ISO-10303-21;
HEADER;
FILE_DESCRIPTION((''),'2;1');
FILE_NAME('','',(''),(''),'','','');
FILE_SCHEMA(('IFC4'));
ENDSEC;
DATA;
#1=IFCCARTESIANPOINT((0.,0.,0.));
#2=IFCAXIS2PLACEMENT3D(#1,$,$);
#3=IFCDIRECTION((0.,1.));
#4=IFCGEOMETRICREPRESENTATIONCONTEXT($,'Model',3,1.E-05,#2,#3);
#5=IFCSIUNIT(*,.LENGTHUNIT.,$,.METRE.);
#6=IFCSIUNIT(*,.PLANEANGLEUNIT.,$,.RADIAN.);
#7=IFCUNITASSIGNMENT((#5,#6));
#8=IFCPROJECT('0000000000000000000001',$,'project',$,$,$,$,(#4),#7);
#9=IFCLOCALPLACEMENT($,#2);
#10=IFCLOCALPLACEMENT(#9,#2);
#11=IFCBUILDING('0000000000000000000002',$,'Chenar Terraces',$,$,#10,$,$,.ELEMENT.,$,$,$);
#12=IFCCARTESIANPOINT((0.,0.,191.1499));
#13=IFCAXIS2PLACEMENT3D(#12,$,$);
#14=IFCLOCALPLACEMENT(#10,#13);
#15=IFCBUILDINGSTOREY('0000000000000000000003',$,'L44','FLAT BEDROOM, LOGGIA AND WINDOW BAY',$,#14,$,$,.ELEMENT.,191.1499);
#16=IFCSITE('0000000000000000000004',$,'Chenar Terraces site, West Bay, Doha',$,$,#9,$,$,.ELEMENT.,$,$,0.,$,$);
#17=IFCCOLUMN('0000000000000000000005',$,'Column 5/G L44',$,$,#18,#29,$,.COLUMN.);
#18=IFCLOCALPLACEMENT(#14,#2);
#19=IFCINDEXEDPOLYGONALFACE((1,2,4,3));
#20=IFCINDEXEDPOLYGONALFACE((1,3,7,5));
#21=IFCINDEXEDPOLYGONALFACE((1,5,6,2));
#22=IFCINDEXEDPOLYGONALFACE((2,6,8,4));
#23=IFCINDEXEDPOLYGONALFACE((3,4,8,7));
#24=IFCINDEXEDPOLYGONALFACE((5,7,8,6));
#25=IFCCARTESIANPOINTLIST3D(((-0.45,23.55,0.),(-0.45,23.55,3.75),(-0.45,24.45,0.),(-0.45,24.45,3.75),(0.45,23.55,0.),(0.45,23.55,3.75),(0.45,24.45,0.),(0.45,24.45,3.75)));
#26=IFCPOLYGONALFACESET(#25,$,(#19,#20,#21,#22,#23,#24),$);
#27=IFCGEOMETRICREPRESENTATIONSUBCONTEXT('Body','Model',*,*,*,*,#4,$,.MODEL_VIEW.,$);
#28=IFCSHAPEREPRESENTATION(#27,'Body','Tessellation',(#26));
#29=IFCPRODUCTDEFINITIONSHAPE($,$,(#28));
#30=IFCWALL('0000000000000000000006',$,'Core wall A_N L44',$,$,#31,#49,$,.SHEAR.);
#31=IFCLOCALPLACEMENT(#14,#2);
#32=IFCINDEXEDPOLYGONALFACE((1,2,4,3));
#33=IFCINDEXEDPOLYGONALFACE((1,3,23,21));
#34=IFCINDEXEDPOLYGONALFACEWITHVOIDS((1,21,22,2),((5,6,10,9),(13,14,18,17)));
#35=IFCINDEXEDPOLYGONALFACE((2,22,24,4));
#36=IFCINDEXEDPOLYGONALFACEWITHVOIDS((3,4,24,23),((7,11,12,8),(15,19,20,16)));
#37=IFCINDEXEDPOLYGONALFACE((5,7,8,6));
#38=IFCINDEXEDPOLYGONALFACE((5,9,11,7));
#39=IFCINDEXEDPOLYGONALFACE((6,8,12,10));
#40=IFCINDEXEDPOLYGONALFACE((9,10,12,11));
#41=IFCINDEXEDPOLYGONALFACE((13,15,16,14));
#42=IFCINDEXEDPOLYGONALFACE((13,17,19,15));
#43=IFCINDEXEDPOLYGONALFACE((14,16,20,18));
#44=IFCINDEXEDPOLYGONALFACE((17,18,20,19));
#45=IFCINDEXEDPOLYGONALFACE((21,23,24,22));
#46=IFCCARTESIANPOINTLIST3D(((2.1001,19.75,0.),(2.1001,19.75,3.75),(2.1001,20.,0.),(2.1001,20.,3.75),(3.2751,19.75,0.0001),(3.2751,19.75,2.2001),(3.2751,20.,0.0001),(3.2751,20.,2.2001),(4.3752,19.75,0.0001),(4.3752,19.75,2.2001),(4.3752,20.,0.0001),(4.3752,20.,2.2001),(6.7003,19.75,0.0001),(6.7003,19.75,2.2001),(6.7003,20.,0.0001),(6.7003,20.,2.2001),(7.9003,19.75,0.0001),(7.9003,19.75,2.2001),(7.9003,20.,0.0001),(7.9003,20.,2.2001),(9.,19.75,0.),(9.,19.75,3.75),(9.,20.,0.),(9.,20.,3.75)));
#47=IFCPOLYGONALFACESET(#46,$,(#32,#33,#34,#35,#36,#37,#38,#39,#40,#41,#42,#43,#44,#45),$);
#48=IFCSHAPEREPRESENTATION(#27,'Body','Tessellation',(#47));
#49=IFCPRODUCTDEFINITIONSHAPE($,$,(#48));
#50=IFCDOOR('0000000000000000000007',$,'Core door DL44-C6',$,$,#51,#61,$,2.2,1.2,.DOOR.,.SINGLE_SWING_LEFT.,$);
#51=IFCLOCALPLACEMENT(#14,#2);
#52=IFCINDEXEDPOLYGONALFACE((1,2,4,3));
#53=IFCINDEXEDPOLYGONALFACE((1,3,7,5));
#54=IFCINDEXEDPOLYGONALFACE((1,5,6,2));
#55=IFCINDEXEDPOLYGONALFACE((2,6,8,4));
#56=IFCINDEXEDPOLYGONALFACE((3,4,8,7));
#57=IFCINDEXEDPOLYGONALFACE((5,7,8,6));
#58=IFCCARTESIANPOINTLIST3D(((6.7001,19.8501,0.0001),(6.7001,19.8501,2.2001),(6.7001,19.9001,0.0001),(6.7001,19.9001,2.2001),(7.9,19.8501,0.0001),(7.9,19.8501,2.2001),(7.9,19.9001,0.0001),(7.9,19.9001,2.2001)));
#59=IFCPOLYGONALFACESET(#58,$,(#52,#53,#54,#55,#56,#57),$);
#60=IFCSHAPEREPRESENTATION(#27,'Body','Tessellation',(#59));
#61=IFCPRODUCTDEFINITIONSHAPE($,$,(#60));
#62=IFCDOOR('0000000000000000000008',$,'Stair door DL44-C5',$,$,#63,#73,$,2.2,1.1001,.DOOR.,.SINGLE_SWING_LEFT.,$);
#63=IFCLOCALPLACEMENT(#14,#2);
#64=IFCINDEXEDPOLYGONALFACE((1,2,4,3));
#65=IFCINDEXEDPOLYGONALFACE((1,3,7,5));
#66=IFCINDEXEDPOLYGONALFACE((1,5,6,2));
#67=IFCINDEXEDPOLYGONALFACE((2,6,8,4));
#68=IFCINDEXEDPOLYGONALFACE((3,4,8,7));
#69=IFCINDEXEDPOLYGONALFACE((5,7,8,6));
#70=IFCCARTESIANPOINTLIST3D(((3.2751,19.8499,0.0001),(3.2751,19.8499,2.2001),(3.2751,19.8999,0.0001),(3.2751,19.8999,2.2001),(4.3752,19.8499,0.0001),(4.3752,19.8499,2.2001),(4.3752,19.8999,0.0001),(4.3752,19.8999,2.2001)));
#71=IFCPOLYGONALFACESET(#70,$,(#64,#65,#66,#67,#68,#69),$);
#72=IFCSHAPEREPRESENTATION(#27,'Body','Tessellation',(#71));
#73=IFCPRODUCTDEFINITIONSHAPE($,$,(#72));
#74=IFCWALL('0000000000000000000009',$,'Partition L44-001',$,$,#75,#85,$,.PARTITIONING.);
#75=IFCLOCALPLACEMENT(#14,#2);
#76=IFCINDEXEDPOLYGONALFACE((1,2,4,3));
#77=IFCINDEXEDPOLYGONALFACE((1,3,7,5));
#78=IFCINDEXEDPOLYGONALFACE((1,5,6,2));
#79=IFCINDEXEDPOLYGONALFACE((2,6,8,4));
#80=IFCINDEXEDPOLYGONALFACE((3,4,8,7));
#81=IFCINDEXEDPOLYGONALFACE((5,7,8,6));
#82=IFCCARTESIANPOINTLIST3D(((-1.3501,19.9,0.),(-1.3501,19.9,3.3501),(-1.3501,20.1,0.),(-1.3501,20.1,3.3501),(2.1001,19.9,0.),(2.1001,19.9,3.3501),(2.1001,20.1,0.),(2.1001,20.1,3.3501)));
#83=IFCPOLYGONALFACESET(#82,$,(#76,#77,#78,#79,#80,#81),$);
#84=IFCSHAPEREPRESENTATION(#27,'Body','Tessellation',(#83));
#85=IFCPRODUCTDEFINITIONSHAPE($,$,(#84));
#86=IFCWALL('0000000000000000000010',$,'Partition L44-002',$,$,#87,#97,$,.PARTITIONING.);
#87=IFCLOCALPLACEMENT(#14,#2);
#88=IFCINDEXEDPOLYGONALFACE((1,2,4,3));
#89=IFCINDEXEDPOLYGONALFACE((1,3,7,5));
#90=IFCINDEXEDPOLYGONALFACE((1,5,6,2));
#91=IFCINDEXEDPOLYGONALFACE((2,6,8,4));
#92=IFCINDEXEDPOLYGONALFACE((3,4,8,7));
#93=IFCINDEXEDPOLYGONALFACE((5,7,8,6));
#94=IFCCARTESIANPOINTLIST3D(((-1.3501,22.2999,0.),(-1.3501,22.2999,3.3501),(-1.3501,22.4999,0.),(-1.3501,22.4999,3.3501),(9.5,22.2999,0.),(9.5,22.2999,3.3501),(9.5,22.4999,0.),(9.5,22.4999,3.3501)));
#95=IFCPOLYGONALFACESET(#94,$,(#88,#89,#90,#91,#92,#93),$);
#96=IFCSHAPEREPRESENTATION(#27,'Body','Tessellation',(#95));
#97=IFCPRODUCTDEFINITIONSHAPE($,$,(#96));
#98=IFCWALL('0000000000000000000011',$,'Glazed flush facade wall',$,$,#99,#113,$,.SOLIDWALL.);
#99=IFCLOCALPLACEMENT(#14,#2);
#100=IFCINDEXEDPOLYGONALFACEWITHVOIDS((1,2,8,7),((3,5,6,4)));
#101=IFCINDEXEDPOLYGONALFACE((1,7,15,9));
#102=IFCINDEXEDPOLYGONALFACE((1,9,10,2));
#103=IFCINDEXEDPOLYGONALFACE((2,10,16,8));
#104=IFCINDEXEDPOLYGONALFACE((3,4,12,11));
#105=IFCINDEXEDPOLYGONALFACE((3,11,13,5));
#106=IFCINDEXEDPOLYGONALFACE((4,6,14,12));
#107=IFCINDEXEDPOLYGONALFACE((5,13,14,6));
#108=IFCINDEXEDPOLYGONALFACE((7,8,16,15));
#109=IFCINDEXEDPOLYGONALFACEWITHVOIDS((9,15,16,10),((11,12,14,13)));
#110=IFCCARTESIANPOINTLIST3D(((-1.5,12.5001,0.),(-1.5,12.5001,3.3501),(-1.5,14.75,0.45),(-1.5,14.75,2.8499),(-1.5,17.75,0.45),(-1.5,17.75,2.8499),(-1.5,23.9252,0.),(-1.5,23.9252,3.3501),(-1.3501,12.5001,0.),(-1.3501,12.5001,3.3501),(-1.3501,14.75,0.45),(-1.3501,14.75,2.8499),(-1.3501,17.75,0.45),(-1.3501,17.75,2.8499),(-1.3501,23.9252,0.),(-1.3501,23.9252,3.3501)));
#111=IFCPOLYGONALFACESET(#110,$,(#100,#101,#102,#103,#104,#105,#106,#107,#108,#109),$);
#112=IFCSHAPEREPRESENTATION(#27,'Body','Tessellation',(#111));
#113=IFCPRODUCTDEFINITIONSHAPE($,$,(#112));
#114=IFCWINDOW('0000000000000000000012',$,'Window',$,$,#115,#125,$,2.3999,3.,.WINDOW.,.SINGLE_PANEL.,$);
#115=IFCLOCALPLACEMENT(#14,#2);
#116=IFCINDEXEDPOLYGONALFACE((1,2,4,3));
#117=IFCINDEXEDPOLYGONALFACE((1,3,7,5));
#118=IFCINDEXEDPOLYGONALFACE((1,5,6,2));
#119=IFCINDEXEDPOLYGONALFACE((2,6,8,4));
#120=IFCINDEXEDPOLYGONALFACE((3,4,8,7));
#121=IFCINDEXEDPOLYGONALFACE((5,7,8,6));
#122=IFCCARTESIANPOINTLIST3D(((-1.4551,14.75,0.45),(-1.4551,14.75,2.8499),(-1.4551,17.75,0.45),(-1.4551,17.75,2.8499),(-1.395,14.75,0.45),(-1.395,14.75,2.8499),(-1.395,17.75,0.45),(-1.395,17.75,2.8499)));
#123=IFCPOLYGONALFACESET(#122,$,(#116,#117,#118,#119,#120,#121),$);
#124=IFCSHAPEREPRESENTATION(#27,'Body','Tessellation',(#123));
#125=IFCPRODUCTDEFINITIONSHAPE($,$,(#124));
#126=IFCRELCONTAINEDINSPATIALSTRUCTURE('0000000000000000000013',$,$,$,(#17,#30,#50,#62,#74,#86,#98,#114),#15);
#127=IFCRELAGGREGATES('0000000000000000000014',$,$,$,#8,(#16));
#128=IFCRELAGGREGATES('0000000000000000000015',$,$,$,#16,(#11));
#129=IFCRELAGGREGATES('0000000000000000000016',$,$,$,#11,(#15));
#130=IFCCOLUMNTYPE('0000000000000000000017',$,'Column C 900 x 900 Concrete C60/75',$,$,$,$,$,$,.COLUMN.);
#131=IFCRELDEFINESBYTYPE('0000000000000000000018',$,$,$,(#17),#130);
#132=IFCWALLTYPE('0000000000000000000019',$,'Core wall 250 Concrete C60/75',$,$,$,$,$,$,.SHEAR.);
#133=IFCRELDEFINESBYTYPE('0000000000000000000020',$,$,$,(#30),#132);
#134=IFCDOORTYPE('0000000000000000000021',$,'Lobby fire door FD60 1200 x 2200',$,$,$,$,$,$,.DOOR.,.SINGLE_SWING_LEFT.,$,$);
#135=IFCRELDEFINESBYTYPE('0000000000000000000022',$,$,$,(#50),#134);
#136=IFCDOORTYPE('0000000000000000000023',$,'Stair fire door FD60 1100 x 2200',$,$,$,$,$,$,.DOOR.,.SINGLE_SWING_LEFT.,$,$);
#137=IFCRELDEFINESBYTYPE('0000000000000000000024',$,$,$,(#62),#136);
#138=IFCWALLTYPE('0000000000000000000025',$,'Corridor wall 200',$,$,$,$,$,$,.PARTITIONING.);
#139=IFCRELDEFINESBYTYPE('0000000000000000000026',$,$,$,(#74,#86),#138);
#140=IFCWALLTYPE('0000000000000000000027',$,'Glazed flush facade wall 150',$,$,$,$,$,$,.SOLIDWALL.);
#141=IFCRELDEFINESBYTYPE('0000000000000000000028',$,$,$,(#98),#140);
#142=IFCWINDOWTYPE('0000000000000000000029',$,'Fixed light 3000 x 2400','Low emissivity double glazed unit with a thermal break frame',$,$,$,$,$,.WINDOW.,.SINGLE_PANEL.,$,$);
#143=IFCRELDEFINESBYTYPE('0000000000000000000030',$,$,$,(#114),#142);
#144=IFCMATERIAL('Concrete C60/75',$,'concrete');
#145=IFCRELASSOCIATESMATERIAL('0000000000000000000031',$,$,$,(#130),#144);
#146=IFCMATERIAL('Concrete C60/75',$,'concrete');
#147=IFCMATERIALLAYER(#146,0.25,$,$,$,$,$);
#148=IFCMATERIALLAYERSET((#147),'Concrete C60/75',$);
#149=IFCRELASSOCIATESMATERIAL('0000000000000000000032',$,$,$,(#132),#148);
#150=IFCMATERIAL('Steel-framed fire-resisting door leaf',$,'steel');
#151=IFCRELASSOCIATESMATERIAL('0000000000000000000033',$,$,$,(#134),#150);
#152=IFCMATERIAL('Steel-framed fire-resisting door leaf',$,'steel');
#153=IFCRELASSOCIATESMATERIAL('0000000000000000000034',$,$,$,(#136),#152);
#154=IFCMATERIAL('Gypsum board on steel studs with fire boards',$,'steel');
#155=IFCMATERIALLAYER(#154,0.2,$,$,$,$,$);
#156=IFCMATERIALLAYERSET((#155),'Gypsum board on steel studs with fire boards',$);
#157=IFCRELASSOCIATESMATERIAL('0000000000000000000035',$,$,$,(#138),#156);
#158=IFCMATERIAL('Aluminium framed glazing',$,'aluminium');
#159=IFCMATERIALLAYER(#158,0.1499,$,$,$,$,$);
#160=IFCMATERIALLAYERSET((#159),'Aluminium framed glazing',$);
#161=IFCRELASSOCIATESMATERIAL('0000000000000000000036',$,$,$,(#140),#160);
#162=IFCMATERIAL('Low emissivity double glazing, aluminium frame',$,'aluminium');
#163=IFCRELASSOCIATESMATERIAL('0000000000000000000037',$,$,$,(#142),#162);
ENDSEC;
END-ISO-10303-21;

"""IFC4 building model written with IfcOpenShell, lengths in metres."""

from ifc_helpers import new_model, si_unit, direction, frame, frame_2d, origin, origin_2d, place, context, subcontext, project, spatial, rectangle, extrude, material, layer, layer_set, material_profile, profile_set, type_object, element, fill, save


model = new_model("IFC4")

# Units and contexts
model_context = context("Model", 3, precision=1e-05, world=origin(), true_north=direction((0.0, 1.0)))
body_context = subcontext(model_context, "Body", "Model", "MODEL_VIEW")
ifc_project = project(units=[si_unit("LENGTHUNIT", "METRE"), si_unit("PLANEANGLEUNIT", "RADIAN")], contexts=[model_context])

# Site, building, storey
site_placement = place(None, origin())
site = spatial("IfcSite", under=ifc_project, at=site_placement, Name="Chenar Terraces site, West Bay, Doha", CompositionType="ELEMENT", RefElevation=0.0)
building_placement = place(site_placement, origin())
building = spatial("IfcBuilding", under=site, at=building_placement, Name="Chenar Terraces", CompositionType="ELEMENT")
storey_placement = place(building_placement, frame((0.0, 0.0, 191.1499)))
storey = spatial("IfcBuildingStorey", under=building, at=storey_placement, Name="L44", Description="FLAT BEDROOM, LOGGIA AND WINDOW BAY", CompositionType="ELEMENT", Elevation=191.1499)

# Column
ifc_material_1 = material(Name="Concrete C60/75", Category="concrete")
ifc_material_profile = material_profile(ifc_material_1, rectangle(XDim=0.8999, YDim=0.8999, at=origin_2d()), Name="C 900 x 900")
ifc_profile_set = profile_set([ifc_material_profile], Name="Concrete C60/75")
column_type = type_object("IfcColumnType", Name="Column C 900 x 900 Concrete C60/75", PredefinedType="COLUMN", material=ifc_profile_set)
column_placement = place(storey_placement, frame((0.0, 24.0, 0.0), z_axis=(0.0, 0.0, 1.0), x_axis=(1.0, 0.0, 0.0)))
element("IfcColumn", 1, at=column_placement, inside=storey, type_object=column_type, Name="Column 5/G L44", PredefinedType="COLUMN", context=body_context, shape_type="SweptSolid", body=[
    extrude(rectangle(XDim=0.8999, YDim=0.8999, at=origin_2d()), origin(), (0.0, 0.0, 1.0), 3.75),
])

# Wall, openings, doors
ifc_material_2 = material(Name="Concrete C60/75", Category="concrete")
ifc_layer_1 = layer(ifc_material_2, 0.25)
ifc_layer_set_1 = layer_set([ifc_layer_1], Name="Concrete C60/75")
wall_type_1 = type_object("IfcWallType", Name="Core wall 250 Concrete C60/75", PredefinedType="SHEAR", material=ifc_layer_set_1)
wall_1_placement = place(storey_placement, frame((2.1001, 19.875, 0.0), z_axis=(0.0, 0.0, 1.0), x_axis=(1.0, 0.0, 0.0)))
wall_1 = element("IfcWall", 2, at=wall_1_placement, inside=storey, type_object=wall_type_1, Name="Core wall A_N L44", PredefinedType="SHEAR", context=body_context, shape_type="SweptSolid", body=[
    extrude(rectangle(XDim=6.8999, YDim=0.25, at=frame_2d((3.45, 0.0))), origin(), (0.0, 0.0, 1.0), 3.75),
])
opening_1_placement = place(wall_1_placement, frame((1.175, 0.0, 0.0)))
opening_1 = element("IfcOpeningElement", 3, at=opening_1_placement, cuts=wall_1, PredefinedType="OPENING", context=body_context, shape_type="SweptSolid", body=[
    extrude(rectangle(XDim=1.1001, YDim=2.2, at=frame_2d((0.55, 1.1001))), frame((0.0, 0.135, 0.0), z_axis=(0.0, -1.0, 0.0), x_axis=(1.0, 0.0, 0.0)), (0.0, 0.0, 1.0), 0.27),
])
opening_2_placement = place(wall_1_placement, frame((4.6001, 0.0, 0.0)))
opening_2 = element("IfcOpeningElement", 4, at=opening_2_placement, cuts=wall_1, PredefinedType="OPENING", context=body_context, shape_type="SweptSolid", body=[
    extrude(rectangle(XDim=1.2, YDim=2.2, at=frame_2d((0.6001, 1.1001))), frame((0.0, 0.135, 0.0), z_axis=(0.0, -1.0, 0.0), x_axis=(1.0, 0.0, 0.0)), (0.0, 0.0, 1.0), 0.27),
])
ifc_material_3 = material(Name="Steel-framed fire-resisting door leaf", Category="steel")
door_type_1 = type_object("IfcDoorType", Name="Lobby fire door FD60 1200 x 2200", OperationType="SINGLE_SWING_LEFT", PredefinedType="DOOR", material=ifc_material_3)
door_1_placement = place(opening_2_placement, frame((1.2, 0.0, 0.0), z_axis=(0.0, 0.0, 1.0), x_axis=(-1.0, 0.0, 0.0)))
door_1 = element("IfcDoor", 5, at=door_1_placement, inside=storey, type_object=door_type_1, Name="Core door DL44-C6", OperationType="SINGLE_SWING_LEFT", OverallHeight=2.2, OverallWidth=1.2, PredefinedType="DOOR", context=body_context, shape_type="SweptSolid", body=[
    extrude(rectangle(XDim=1.2, YDim=2.2, at=frame_2d((0.6001, 1.1001))), frame((0.0, 0.0249, 0.0), z_axis=(0.0, -1.0, 0.0), x_axis=(1.0, 0.0, 0.0)), (0.0, 0.0, 1.0), 0.05),
])
fill(opening_2, door_1)
ifc_material_4 = material(Name="Steel-framed fire-resisting door leaf", Category="steel")
door_type_2 = type_object("IfcDoorType", Name="Stair fire door FD60 1100 x 2200", OperationType="SINGLE_SWING_LEFT", PredefinedType="DOOR", material=ifc_material_4)
door_2_placement = place(opening_1_placement, origin())
door_2 = element("IfcDoor", 6, at=door_2_placement, inside=storey, type_object=door_type_2, Name="Stair door DL44-C5", OperationType="SINGLE_SWING_LEFT", OverallHeight=2.2, OverallWidth=1.1001, PredefinedType="DOOR", context=body_context, shape_type="SweptSolid", body=[
    extrude(rectangle(XDim=1.1001, YDim=2.2, at=frame_2d((0.55, 1.1001))), frame((0.0, 0.0249, 0.0), z_axis=(0.0, -1.0, 0.0), x_axis=(1.0, 0.0, 0.0)), (0.0, 0.0, 1.0), 0.05),
])
fill(opening_1, door_2)

# Walls
ifc_material_5 = material(Name="Gypsum board on steel studs with fire boards", Category="steel")
ifc_layer_2 = layer(ifc_material_5, 0.2)
ifc_layer_set_2 = layer_set([ifc_layer_2], Name="Gypsum board on steel studs with fire boards")
wall_type_2 = type_object("IfcWallType", Name="Corridor wall 200", PredefinedType="PARTITIONING", material=ifc_layer_set_2)
wall_2_placement = place(storey_placement, frame((-1.3501, 20.0, 0.0), z_axis=(0.0, 0.0, 1.0), x_axis=(1.0, 0.0, 0.0)))
element("IfcWall", 7, at=wall_2_placement, inside=storey, type_object=wall_type_2, Name="Partition L44-001", PredefinedType="PARTITIONING", context=body_context, shape_type="SweptSolid", body=[
    extrude(rectangle(XDim=3.4502, YDim=0.2, at=frame_2d((1.7251, 0.0))), origin(), (0.0, 0.0, 1.0), 3.3501),
])
wall_3_placement = place(storey_placement, frame((-1.3501, 22.3999, 0.0), z_axis=(0.0, 0.0, 1.0), x_axis=(1.0, 0.0, 0.0)))
element("IfcWall", 8, at=wall_3_placement, inside=storey, type_object=wall_type_2, Name="Partition L44-002", PredefinedType="PARTITIONING", context=body_context, shape_type="SweptSolid", body=[
    extrude(rectangle(XDim=10.8501, YDim=0.2, at=frame_2d((5.425, 0.0))), origin(), (0.0, 0.0, 1.0), 3.3501),
])

# Wall, opening, window
ifc_material_6 = material(Name="Aluminium framed glazing", Category="aluminium")
ifc_layer_3 = layer(ifc_material_6, 0.1499)
ifc_layer_set_3 = layer_set([ifc_layer_3], Name="Aluminium framed glazing")
wall_type_3 = type_object("IfcWallType", Name="Glazed flush facade wall 150", PredefinedType="SOLIDWALL", material=ifc_layer_set_3)
wall_4_placement = place(storey_placement, frame((-1.425, 23.925, 0.0), z_axis=(0.0, 0.0, 1.0), x_axis=(0.0, -1.0, 0.0)))
wall_4 = element("IfcWall", 9, at=wall_4_placement, inside=storey, type_object=wall_type_3, Name="Glazed flush facade wall", PredefinedType="SOLIDWALL", context=body_context, shape_type="SweptSolid", body=[
    extrude(rectangle(XDim=11.425, YDim=0.1499, at=frame_2d((5.7124, 0.0))), origin(), (0.0, 0.0, 1.0), 3.3501),
])
opening_3_placement = place(wall_4_placement, frame((6.175, 0.0, 0.45)))
opening_3 = element("IfcOpeningElement", 10, at=opening_3_placement, cuts=wall_4, PredefinedType="OPENING", context=body_context, shape_type="SweptSolid", body=[
    extrude(rectangle(XDim=3.0, YDim=2.3999, at=frame_2d((1.5, 1.2))), frame((0.0, 0.085, 0.0), z_axis=(0.0, -1.0, 0.0), x_axis=(1.0, 0.0, 0.0)), (0.0, 0.0, 1.0), 0.1699),
])
ifc_material_7 = material(Name="Low emissivity double glazing, aluminium frame", Category="aluminium")
window_type_1 = type_object("IfcWindowType", Name="Fixed light 3000 x 2400", Description="Low emissivity double glazed unit with a thermal break frame", PartitioningType="SINGLE_PANEL", PredefinedType="WINDOW", material=ifc_material_7)
window_1_placement = place(opening_3_placement, origin())
window_1 = element("IfcWindow", 11, at=window_1_placement, inside=storey, type_object=window_type_1, Name="Window", OverallHeight=2.3999, OverallWidth=3.0, PartitioningType="SINGLE_PANEL", PredefinedType="WINDOW", context=body_context, shape_type="SweptSolid", body=[
    extrude(rectangle(XDim=3.0, YDim=2.3999, at=frame_2d((1.5, 1.2))), frame((0.0, 0.03, 0.0), z_axis=(0.0, -1.0, 0.0), x_axis=(1.0, 0.0, 0.0)), (0.0, 0.0, 1.0), 0.0601),
])
fill(opening_3, window_1)

save(model, "model.ifc")
